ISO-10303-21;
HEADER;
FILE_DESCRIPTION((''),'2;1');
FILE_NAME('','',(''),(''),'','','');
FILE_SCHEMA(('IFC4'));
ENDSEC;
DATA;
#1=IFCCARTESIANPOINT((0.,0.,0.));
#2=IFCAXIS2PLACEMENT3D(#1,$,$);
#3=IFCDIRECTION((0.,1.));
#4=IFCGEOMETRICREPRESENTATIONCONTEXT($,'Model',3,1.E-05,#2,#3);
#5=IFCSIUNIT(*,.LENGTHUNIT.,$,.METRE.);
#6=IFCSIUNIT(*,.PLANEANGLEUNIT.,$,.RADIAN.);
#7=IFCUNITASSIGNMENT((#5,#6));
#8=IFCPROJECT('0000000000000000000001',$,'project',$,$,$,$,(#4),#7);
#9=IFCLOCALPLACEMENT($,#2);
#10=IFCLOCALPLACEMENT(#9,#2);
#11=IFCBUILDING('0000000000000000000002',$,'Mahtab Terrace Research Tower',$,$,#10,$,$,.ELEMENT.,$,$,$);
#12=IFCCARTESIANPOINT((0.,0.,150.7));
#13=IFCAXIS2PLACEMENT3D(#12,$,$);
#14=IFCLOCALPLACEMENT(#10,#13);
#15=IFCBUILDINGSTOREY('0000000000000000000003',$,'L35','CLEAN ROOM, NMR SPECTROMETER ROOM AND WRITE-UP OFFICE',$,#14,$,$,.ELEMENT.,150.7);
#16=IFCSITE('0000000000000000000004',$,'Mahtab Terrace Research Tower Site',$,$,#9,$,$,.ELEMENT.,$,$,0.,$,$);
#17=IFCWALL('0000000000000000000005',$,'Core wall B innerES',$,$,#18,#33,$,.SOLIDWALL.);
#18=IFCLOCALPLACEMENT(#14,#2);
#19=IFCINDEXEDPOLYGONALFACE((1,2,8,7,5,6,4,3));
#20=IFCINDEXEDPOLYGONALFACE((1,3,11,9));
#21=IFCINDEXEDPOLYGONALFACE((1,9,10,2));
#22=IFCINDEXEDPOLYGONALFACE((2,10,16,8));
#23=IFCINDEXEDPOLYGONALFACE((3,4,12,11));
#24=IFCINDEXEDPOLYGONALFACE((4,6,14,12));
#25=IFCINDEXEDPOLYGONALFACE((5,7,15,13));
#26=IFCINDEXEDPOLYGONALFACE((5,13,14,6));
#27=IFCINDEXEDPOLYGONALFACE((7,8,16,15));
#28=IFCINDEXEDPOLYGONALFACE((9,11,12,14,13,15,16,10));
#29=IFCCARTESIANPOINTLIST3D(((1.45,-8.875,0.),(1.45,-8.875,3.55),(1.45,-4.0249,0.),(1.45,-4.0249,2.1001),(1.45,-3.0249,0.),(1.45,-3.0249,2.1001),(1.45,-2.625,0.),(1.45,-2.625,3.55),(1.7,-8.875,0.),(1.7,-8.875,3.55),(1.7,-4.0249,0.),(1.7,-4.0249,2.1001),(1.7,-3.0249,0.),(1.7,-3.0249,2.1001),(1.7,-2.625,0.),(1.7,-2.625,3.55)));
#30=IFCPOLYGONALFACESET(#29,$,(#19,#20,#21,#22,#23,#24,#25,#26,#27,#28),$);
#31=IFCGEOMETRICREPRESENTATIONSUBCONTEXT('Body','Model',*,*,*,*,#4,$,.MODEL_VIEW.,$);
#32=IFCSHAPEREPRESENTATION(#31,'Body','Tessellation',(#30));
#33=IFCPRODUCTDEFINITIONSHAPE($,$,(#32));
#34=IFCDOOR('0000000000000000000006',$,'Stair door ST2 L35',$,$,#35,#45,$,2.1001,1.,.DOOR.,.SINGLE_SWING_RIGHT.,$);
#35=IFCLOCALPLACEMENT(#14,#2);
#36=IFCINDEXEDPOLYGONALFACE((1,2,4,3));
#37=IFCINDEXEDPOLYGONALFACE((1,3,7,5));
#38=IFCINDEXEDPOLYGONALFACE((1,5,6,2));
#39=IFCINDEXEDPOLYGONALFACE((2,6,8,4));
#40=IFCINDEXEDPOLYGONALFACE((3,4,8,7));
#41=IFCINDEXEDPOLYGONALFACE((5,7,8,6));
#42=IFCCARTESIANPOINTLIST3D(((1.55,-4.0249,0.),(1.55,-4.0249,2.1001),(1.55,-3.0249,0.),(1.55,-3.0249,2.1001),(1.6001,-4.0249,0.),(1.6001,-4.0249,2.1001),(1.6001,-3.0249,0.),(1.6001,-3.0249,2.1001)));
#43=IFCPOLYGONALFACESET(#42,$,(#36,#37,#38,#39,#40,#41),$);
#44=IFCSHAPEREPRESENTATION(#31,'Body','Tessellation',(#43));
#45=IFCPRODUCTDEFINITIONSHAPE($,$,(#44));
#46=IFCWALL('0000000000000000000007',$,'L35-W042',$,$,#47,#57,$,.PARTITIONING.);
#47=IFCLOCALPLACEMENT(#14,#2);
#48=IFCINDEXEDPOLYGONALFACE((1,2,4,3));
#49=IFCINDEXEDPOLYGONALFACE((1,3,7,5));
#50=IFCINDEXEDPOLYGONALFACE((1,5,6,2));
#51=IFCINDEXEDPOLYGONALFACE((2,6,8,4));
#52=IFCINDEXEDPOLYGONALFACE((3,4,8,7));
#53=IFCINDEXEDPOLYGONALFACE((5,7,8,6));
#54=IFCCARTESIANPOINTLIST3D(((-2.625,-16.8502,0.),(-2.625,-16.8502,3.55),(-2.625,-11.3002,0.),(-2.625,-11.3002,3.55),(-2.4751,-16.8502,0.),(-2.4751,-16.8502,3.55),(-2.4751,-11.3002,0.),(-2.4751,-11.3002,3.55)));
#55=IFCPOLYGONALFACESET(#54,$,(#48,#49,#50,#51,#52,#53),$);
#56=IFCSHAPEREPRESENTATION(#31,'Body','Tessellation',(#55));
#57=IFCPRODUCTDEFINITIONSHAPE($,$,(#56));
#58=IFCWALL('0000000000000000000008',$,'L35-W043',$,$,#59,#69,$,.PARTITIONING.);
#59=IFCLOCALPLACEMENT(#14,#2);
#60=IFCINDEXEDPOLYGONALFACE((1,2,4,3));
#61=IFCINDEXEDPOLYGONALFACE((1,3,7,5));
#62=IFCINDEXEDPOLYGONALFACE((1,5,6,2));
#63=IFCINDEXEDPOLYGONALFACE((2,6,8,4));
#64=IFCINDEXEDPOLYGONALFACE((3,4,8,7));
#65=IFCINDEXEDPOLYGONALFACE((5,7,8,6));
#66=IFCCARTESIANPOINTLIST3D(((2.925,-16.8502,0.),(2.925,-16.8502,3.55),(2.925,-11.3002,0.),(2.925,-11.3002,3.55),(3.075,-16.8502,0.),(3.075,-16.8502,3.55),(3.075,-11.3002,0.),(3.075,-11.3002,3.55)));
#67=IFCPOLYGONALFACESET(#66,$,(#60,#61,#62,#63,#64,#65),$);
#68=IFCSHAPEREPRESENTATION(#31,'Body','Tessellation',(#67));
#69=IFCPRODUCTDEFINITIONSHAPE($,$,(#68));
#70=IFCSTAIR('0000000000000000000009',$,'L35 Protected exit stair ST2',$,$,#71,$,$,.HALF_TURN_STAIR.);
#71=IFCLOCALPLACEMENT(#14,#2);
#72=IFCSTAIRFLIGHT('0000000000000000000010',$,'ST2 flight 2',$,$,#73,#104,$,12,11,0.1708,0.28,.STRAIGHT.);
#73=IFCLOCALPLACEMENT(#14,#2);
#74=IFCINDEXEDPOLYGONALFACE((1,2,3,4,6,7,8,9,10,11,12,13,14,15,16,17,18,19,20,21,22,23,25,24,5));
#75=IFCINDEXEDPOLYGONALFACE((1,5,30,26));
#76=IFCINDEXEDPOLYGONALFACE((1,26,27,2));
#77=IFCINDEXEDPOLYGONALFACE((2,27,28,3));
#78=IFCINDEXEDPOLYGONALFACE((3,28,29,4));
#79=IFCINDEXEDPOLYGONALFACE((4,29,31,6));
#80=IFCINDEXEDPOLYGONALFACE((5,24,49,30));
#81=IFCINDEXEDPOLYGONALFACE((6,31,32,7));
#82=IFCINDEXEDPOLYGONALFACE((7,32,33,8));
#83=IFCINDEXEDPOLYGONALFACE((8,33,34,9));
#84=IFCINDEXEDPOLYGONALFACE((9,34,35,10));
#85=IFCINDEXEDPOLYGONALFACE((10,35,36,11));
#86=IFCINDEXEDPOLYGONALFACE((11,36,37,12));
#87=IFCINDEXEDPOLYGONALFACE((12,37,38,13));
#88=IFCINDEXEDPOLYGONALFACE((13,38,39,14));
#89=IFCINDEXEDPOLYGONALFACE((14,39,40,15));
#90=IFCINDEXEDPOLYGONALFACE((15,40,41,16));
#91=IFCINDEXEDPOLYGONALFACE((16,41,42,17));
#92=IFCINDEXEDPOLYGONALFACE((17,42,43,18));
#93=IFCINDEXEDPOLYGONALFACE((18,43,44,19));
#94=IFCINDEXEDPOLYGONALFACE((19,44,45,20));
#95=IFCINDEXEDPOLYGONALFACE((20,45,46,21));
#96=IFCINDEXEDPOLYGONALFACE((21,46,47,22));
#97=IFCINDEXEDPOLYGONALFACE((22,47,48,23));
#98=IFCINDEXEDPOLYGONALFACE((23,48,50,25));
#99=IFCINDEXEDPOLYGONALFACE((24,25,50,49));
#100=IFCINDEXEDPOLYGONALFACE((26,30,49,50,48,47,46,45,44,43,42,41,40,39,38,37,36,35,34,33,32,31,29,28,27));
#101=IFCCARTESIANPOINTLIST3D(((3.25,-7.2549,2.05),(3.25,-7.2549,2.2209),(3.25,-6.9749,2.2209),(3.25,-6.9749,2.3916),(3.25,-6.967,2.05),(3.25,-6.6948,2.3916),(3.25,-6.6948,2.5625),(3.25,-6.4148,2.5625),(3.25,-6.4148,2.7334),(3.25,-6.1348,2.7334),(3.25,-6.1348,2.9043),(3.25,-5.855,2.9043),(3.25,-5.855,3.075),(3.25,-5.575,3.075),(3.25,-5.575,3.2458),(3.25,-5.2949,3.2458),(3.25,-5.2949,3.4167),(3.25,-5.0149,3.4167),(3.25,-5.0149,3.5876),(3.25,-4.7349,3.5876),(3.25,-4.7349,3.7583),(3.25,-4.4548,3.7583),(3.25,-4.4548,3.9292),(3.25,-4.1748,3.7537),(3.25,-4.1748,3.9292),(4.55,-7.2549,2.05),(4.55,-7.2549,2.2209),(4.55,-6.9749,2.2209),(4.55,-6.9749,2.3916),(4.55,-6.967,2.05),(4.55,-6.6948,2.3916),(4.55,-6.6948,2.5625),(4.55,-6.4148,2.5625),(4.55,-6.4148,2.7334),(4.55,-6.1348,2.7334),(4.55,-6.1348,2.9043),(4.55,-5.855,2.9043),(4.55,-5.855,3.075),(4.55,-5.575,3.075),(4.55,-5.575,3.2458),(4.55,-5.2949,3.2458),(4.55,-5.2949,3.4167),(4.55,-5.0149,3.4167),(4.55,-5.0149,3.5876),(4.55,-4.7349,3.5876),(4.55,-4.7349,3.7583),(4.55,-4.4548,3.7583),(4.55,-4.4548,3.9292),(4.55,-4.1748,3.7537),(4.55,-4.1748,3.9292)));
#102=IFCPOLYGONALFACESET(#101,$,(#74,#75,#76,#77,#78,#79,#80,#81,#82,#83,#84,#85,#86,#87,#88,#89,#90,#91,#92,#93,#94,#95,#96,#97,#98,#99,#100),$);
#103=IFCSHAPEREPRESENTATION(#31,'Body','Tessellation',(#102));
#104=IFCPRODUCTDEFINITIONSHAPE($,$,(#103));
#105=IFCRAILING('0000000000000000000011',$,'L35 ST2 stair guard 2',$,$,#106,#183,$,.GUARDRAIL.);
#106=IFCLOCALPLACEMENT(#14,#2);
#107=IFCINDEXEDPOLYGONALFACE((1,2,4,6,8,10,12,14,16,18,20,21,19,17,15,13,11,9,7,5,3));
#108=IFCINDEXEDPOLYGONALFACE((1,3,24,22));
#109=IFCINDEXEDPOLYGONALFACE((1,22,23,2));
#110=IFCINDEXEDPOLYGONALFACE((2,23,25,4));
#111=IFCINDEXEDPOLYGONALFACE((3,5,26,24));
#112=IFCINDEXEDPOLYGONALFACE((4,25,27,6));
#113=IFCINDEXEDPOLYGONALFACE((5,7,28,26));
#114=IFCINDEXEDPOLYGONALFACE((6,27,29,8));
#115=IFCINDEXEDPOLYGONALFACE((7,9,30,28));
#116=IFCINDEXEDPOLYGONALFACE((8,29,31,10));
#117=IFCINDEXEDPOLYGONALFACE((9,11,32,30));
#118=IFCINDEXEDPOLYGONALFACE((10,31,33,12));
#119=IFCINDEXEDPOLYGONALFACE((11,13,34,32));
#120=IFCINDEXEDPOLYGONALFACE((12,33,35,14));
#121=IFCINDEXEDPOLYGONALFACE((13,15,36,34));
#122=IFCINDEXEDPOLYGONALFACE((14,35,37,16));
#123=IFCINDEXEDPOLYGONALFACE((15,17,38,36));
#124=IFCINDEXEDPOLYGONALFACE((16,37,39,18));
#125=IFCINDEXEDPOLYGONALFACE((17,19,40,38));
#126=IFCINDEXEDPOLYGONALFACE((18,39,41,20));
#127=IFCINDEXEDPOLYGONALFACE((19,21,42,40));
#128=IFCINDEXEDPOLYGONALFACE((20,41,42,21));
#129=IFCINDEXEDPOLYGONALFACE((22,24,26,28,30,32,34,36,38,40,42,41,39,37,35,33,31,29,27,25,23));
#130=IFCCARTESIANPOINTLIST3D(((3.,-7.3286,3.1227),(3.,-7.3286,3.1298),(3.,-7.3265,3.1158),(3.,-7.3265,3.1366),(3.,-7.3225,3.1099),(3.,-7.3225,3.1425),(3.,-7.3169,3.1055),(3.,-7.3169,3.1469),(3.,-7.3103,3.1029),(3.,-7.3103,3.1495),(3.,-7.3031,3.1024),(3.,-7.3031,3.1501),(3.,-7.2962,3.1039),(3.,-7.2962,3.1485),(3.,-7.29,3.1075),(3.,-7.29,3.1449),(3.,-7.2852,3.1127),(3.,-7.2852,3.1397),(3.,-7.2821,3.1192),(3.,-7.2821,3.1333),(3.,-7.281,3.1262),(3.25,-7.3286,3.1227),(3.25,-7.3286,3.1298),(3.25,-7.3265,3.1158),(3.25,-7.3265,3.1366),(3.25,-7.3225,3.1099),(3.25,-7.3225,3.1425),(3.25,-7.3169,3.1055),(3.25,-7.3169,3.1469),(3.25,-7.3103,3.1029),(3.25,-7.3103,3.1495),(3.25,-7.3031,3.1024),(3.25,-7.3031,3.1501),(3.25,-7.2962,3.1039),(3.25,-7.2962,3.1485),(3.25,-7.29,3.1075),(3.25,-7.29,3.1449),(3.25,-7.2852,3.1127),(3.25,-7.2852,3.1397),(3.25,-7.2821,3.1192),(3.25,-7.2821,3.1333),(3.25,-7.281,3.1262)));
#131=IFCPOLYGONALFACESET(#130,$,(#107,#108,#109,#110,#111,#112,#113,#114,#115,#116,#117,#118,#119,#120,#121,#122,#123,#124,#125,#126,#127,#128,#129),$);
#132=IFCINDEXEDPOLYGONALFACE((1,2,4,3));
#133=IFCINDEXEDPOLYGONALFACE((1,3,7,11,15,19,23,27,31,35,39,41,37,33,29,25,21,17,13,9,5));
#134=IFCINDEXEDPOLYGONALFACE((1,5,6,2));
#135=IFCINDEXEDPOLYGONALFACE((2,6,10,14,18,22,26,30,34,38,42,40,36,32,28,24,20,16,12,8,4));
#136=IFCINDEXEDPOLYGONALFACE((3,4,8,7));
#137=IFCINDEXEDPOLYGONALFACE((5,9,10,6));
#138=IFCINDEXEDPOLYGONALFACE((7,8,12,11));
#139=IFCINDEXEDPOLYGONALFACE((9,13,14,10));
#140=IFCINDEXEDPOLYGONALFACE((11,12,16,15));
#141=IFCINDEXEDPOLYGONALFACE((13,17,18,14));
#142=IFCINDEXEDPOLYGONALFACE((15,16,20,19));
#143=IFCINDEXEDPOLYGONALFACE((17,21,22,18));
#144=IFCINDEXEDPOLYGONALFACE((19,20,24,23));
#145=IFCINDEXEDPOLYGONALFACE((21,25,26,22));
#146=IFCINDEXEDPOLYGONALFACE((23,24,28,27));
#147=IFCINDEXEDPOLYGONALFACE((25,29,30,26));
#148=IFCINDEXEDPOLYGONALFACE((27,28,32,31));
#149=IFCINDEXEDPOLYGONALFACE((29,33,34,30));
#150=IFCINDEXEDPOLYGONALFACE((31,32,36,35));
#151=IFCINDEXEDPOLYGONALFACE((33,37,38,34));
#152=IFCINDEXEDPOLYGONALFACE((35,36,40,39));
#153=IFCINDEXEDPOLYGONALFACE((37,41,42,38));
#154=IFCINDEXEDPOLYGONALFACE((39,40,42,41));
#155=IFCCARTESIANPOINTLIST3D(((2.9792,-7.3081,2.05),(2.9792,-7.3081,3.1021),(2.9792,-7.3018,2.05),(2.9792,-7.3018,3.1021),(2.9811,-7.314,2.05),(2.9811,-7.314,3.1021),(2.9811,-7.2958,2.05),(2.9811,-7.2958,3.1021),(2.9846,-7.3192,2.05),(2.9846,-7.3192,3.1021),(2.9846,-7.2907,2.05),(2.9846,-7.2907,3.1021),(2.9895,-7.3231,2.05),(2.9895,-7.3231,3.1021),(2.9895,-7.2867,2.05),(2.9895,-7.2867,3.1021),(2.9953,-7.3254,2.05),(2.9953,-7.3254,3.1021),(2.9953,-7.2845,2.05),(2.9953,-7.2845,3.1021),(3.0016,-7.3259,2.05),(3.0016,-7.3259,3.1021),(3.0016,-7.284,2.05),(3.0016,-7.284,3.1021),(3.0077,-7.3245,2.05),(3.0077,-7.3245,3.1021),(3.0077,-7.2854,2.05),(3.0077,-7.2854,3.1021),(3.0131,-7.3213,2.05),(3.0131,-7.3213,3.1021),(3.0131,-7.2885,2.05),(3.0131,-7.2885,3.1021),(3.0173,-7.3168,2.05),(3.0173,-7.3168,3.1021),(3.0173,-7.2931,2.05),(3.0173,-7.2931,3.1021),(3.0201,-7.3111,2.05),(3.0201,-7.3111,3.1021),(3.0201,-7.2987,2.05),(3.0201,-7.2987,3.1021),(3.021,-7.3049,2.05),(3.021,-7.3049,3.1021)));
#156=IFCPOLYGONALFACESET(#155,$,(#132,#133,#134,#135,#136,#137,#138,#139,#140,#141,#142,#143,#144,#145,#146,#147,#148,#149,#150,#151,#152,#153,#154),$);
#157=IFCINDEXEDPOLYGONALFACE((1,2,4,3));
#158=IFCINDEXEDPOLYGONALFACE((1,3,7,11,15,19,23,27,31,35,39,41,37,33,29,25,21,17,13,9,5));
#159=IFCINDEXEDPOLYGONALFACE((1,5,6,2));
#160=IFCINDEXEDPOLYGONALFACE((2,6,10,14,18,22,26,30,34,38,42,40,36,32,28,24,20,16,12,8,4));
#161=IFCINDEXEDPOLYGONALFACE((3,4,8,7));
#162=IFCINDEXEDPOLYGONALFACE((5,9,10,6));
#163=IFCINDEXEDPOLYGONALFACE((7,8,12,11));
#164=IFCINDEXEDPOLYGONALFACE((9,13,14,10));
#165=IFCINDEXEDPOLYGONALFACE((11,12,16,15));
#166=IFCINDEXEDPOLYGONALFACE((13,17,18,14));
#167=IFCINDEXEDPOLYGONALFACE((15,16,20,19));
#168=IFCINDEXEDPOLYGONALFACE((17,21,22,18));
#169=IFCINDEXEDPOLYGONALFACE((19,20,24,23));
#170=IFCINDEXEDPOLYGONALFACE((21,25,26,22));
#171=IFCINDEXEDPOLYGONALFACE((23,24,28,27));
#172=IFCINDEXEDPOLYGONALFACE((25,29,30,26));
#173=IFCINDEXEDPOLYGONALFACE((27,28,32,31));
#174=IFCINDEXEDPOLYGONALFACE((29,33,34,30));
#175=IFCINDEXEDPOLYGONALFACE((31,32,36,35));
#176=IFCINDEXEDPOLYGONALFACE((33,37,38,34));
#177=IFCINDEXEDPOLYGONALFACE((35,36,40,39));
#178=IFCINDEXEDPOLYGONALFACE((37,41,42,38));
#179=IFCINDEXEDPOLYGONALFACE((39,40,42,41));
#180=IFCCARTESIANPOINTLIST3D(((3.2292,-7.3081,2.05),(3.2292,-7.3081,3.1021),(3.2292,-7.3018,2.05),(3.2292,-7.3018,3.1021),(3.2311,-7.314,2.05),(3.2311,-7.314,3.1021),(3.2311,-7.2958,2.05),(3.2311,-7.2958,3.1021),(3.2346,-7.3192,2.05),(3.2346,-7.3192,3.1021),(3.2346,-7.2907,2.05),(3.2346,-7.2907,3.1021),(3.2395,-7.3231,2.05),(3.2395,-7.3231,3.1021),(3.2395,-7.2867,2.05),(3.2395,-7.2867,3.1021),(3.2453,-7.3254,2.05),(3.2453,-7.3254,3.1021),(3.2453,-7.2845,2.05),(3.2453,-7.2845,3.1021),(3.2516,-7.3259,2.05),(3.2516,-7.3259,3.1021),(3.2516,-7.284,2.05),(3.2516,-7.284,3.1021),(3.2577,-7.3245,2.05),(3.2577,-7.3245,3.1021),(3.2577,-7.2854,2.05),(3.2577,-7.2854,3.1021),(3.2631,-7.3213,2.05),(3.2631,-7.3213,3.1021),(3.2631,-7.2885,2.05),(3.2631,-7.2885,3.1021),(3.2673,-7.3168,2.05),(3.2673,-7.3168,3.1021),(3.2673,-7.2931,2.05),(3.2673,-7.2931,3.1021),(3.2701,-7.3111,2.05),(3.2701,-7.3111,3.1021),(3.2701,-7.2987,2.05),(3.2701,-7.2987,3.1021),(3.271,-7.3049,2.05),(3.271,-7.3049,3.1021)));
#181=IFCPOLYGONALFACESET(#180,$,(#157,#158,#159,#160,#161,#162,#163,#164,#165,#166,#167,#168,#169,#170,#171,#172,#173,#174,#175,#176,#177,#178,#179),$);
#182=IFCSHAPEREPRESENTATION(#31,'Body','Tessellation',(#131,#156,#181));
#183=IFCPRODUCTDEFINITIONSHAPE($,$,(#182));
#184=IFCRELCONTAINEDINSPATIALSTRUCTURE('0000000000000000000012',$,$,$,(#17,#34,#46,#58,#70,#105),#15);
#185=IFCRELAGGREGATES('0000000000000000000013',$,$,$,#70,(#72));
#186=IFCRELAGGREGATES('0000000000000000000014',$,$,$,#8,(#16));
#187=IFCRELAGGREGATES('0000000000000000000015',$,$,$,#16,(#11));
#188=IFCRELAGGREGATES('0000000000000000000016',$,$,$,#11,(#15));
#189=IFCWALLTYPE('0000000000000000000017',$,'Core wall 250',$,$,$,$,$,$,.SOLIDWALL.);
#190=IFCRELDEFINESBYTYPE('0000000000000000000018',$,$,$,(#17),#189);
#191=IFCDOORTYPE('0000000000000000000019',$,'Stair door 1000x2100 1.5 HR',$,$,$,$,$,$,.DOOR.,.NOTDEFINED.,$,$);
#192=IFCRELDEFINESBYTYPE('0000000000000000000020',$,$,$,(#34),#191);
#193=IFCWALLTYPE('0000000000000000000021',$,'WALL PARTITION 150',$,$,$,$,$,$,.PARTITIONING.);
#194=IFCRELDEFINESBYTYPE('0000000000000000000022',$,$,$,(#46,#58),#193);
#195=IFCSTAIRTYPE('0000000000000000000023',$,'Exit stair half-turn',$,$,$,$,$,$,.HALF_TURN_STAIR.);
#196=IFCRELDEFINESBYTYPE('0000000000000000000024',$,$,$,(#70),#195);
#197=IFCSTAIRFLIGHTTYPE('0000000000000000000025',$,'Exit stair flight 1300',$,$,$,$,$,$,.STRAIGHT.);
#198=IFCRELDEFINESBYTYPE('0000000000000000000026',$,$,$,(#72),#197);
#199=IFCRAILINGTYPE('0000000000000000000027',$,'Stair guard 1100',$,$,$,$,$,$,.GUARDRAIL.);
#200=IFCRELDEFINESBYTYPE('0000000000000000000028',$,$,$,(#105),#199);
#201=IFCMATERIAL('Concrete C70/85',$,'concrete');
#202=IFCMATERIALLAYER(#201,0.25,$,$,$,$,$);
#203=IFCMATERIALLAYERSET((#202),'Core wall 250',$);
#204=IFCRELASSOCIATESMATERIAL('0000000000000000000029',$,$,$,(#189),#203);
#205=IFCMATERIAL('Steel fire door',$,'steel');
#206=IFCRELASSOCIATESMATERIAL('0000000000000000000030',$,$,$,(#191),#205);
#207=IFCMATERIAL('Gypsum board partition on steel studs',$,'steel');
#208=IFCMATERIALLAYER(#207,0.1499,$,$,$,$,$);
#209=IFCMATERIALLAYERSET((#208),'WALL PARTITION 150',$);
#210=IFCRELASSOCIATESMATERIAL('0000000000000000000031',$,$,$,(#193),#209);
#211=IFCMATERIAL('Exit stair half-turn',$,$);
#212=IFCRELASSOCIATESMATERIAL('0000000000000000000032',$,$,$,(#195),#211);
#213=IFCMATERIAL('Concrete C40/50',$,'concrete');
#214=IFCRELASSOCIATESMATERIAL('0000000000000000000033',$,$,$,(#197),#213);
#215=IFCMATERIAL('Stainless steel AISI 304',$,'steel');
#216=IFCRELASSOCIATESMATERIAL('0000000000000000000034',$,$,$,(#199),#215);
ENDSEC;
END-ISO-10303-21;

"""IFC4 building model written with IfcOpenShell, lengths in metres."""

from ifc_helpers import new_model, si_unit, direction, frame, frame_2d, origin, origin_2d, place, context, subcontext, project, spatial, polyline, rectangle, circle, outline, extrude, material, layer, layer_set, type_object, element, fill, aggregate, save


model = new_model("IFC4")

# Units and contexts
model_context = context("Model", 3, precision=1e-05, world=origin(), true_north=direction((0.0, 1.0)))
body_context = subcontext(model_context, "Body", "Model", "MODEL_VIEW")
ifc_project = project(units=[si_unit("LENGTHUNIT", "METRE"), si_unit("PLANEANGLEUNIT", "RADIAN")], contexts=[model_context])

# Site, building, storey
site_placement = place(None, origin())
site = spatial("IfcSite", under=ifc_project, at=site_placement, Name="Mahtab Terrace Research Tower Site", CompositionType="ELEMENT", RefElevation=0.0)
building_placement = place(site_placement, origin())
building = spatial("IfcBuilding", under=site, at=building_placement, Name="Mahtab Terrace Research Tower", CompositionType="ELEMENT")
storey_placement = place(building_placement, frame((0.0, 0.0, 150.7)))
storey = spatial("IfcBuildingStorey", under=building, at=storey_placement, Name="L35", Description="CLEAN ROOM, NMR SPECTROMETER ROOM AND WRITE-UP OFFICE", CompositionType="ELEMENT", Elevation=150.7)

# Shared definitions
ifc_material_1 = material(Name="Concrete C70/85", Category="concrete")
ifc_layer_1 = layer(ifc_material_1, 0.25)
ifc_layer_set_1 = layer_set([ifc_layer_1], Name="Core wall 250")
wall_type_1 = type_object("IfcWallType", Name="Core wall 250", PredefinedType="SOLIDWALL", material=ifc_layer_set_1)

# Shared definitions
ifc_material_2 = material(Name="Steel fire door", Category="steel")

# Wall, opening, door
wall_1_placement = place(storey_placement, frame((1.575, -8.875, 0.0), z_axis=(0.0, 0.0, 1.0), x_axis=(0.0, 1.0, 0.0)))
wall_1 = element("IfcWall", 1, at=wall_1_placement, inside=storey, type_object=wall_type_1, Name="Core wall B innerES", PredefinedType="SOLIDWALL", context=body_context, shape_type="SweptSolid", body=[
    extrude(rectangle(XDim=6.25, YDim=0.25, at=frame_2d((3.125, 0.0))), origin(), (0.0, 0.0, 1.0), 3.55),
])
opening_1_placement = place(wall_1_placement, frame((4.8501, 0.0, 0.0)))
opening_1 = element("IfcOpeningElement", 2, at=opening_1_placement, cuts=wall_1, PredefinedType="OPENING", context=body_context, shape_type="SweptSolid", body=[
    extrude(rectangle(XDim=1.0, YDim=2.1001, at=frame_2d((0.5, 1.05))), frame((0.0, 0.135, 0.0), z_axis=(0.0, -1.0, 0.0), x_axis=(1.0, 0.0, 0.0)), (0.0, 0.0, 1.0), 0.27),
])
door_type_1 = type_object("IfcDoorType", Name="Stair door 1000x2100 1.5 HR", OperationType="NOTDEFINED", PredefinedType="DOOR", material=ifc_material_2)
door_1_placement = place(opening_1_placement, origin())
door_1 = element("IfcDoor", 3, at=door_1_placement, inside=storey, type_object=door_type_1, Name="Stair door ST2 L35", OperationType="SINGLE_SWING_RIGHT", OverallHeight=2.1001, OverallWidth=1.0, PredefinedType="DOOR", context=body_context, shape_type="SweptSolid", body=[
    extrude(rectangle(XDim=1.0, YDim=2.1001, at=frame_2d((0.5, 1.05))), frame((0.0, 0.0249, 0.0), z_axis=(0.0, -1.0, 0.0), x_axis=(1.0, 0.0, 0.0)), (0.0, 0.0, 1.0), 0.05),
])
fill(opening_1, door_1)

# Walls
ifc_material_3 = material(Name="Gypsum board partition on steel studs", Category="steel")
ifc_layer_2 = layer(ifc_material_3, 0.1499)
ifc_layer_set_2 = layer_set([ifc_layer_2], Name="WALL PARTITION 150")
wall_type_2 = type_object("IfcWallType", Name="WALL PARTITION 150", PredefinedType="PARTITIONING", material=ifc_layer_set_2)
for number, where, z_axis, x_axis, name in (
    (4, (-2.55, -16.8501, 0.0), (0.0, 0.0, 1.0), (0.0, 1.0, 0.0), "L35-W042"),
    (5, (3.0, -16.8501, 0.0), (0.0, 0.0, 1.0), (0.0, 1.0, 0.0), "L35-W043"),
):
    element("IfcWall", number, at=place(storey_placement, frame(where, z_axis=z_axis, x_axis=x_axis)), inside=storey, type_object=wall_type_2, Name=name, PredefinedType="PARTITIONING", context=body_context, shape_type="SweptSolid", body=[
        extrude(rectangle(XDim=5.55, YDim=0.1499, at=frame_2d((2.7749, 0.0))), origin(), (0.0, 0.0, 1.0), 3.55),
    ])

# Stair, stair flight
ifc_material_4 = material(Name="Exit stair half-turn")
stair_type = type_object("IfcStairType", Name="Exit stair half-turn", PredefinedType="HALF_TURN_STAIR", material=ifc_material_4)
stair_placement = place(storey_placement, origin())
stair = element("IfcStair", 6, at=stair_placement, inside=storey, type_object=stair_type, Name="L35 Protected exit stair ST2", PredefinedType="HALF_TURN_STAIR")
ifc_material_5 = material(Name="Concrete C40/50", Category="concrete")
stair_flight_type = type_object("IfcStairFlightType", Name="Exit stair flight 1300", PredefinedType="STRAIGHT", material=ifc_material_5)
stair_flight_placement = place(storey_placement, frame((3.8999, -7.2549, 2.05), z_axis=(0.0, 0.0, 1.0), x_axis=(0.0, 1.0, 0.0)))
stair_flight = element("IfcStairFlight", 7, at=stair_flight_placement, type_object=stair_flight_type, Name="ST2 flight 2", NumberOfRisers=12, NumberOfTreads=11, PredefinedType="STRAIGHT", RiserHeight=0.1708, TreadLength=0.28, context=body_context, shape_type="SweptSolid", body=[
    extrude(outline(polyline([(0.0, 0.0), (0.0, 0.1709), (0.28, 0.1709), (0.28, 0.3416), (0.5601, 0.3416), (0.5601, 0.5125), (0.8401, 0.5125), (0.8401, 0.6833), (1.1201, 0.6833), (1.1201, 0.8542), (1.3999, 0.8542), (1.3999, 1.0249), (1.6799, 1.0249), (1.6799, 1.1958), (1.96, 1.1958), (1.96, 1.3667), (2.24, 1.3667), (2.24, 1.5376), (2.52, 1.5376), (2.52, 1.7083), (2.8, 1.7083), (2.8, 1.8792), (3.0801, 1.8792), (3.0801, 2.05), (3.0801, 1.7036), (0.2878, 0.0), (0.0, 0.0)])), frame((0.0, 0.6499, 0.0), z_axis=(0.0, -1.0, 0.0), x_axis=(1.0, 0.0, 0.0)), (0.0, 0.0, 1.0), 1.3),
])
aggregate(stair, [stair_flight])

# Railing
ifc_material_6 = material(Name="Stainless steel AISI 304", Category="steel")
railing_type_1 = type_object("IfcRailingType", Name="Stair guard 1100", PredefinedType="GUARDRAIL", material=ifc_material_6)
railing_1_placement = place(storey_placement, frame((3.0, -7.3049, 2.05)))
element("IfcRailing", 8, at=railing_1_placement, inside=storey, type_object=railing_type_1, Name="L35 ST2 stair guard 2", PredefinedType="GUARDRAIL", context=body_context, shape_type="SweptSolid", body=[
    extrude(circle(Radius=0.0239, at=origin_2d()), frame((0.0, 0.0, 1.0762), z_axis=(1.0, 0.0, 0.0), x_axis=(0.0, 1.0, 0.0)), (0.0, 0.0, 1.0), 0.25),
    extrude(circle(Radius=0.021, at=origin_2d()), origin(), (0.0, 0.0, 1.0), 1.052),
    extrude(circle(Radius=0.021, at=origin_2d()), frame((0.25, 0.0, 0.0)), (0.0, 0.0, 1.0), 1.052),
])

save(model, "model.ifc")
